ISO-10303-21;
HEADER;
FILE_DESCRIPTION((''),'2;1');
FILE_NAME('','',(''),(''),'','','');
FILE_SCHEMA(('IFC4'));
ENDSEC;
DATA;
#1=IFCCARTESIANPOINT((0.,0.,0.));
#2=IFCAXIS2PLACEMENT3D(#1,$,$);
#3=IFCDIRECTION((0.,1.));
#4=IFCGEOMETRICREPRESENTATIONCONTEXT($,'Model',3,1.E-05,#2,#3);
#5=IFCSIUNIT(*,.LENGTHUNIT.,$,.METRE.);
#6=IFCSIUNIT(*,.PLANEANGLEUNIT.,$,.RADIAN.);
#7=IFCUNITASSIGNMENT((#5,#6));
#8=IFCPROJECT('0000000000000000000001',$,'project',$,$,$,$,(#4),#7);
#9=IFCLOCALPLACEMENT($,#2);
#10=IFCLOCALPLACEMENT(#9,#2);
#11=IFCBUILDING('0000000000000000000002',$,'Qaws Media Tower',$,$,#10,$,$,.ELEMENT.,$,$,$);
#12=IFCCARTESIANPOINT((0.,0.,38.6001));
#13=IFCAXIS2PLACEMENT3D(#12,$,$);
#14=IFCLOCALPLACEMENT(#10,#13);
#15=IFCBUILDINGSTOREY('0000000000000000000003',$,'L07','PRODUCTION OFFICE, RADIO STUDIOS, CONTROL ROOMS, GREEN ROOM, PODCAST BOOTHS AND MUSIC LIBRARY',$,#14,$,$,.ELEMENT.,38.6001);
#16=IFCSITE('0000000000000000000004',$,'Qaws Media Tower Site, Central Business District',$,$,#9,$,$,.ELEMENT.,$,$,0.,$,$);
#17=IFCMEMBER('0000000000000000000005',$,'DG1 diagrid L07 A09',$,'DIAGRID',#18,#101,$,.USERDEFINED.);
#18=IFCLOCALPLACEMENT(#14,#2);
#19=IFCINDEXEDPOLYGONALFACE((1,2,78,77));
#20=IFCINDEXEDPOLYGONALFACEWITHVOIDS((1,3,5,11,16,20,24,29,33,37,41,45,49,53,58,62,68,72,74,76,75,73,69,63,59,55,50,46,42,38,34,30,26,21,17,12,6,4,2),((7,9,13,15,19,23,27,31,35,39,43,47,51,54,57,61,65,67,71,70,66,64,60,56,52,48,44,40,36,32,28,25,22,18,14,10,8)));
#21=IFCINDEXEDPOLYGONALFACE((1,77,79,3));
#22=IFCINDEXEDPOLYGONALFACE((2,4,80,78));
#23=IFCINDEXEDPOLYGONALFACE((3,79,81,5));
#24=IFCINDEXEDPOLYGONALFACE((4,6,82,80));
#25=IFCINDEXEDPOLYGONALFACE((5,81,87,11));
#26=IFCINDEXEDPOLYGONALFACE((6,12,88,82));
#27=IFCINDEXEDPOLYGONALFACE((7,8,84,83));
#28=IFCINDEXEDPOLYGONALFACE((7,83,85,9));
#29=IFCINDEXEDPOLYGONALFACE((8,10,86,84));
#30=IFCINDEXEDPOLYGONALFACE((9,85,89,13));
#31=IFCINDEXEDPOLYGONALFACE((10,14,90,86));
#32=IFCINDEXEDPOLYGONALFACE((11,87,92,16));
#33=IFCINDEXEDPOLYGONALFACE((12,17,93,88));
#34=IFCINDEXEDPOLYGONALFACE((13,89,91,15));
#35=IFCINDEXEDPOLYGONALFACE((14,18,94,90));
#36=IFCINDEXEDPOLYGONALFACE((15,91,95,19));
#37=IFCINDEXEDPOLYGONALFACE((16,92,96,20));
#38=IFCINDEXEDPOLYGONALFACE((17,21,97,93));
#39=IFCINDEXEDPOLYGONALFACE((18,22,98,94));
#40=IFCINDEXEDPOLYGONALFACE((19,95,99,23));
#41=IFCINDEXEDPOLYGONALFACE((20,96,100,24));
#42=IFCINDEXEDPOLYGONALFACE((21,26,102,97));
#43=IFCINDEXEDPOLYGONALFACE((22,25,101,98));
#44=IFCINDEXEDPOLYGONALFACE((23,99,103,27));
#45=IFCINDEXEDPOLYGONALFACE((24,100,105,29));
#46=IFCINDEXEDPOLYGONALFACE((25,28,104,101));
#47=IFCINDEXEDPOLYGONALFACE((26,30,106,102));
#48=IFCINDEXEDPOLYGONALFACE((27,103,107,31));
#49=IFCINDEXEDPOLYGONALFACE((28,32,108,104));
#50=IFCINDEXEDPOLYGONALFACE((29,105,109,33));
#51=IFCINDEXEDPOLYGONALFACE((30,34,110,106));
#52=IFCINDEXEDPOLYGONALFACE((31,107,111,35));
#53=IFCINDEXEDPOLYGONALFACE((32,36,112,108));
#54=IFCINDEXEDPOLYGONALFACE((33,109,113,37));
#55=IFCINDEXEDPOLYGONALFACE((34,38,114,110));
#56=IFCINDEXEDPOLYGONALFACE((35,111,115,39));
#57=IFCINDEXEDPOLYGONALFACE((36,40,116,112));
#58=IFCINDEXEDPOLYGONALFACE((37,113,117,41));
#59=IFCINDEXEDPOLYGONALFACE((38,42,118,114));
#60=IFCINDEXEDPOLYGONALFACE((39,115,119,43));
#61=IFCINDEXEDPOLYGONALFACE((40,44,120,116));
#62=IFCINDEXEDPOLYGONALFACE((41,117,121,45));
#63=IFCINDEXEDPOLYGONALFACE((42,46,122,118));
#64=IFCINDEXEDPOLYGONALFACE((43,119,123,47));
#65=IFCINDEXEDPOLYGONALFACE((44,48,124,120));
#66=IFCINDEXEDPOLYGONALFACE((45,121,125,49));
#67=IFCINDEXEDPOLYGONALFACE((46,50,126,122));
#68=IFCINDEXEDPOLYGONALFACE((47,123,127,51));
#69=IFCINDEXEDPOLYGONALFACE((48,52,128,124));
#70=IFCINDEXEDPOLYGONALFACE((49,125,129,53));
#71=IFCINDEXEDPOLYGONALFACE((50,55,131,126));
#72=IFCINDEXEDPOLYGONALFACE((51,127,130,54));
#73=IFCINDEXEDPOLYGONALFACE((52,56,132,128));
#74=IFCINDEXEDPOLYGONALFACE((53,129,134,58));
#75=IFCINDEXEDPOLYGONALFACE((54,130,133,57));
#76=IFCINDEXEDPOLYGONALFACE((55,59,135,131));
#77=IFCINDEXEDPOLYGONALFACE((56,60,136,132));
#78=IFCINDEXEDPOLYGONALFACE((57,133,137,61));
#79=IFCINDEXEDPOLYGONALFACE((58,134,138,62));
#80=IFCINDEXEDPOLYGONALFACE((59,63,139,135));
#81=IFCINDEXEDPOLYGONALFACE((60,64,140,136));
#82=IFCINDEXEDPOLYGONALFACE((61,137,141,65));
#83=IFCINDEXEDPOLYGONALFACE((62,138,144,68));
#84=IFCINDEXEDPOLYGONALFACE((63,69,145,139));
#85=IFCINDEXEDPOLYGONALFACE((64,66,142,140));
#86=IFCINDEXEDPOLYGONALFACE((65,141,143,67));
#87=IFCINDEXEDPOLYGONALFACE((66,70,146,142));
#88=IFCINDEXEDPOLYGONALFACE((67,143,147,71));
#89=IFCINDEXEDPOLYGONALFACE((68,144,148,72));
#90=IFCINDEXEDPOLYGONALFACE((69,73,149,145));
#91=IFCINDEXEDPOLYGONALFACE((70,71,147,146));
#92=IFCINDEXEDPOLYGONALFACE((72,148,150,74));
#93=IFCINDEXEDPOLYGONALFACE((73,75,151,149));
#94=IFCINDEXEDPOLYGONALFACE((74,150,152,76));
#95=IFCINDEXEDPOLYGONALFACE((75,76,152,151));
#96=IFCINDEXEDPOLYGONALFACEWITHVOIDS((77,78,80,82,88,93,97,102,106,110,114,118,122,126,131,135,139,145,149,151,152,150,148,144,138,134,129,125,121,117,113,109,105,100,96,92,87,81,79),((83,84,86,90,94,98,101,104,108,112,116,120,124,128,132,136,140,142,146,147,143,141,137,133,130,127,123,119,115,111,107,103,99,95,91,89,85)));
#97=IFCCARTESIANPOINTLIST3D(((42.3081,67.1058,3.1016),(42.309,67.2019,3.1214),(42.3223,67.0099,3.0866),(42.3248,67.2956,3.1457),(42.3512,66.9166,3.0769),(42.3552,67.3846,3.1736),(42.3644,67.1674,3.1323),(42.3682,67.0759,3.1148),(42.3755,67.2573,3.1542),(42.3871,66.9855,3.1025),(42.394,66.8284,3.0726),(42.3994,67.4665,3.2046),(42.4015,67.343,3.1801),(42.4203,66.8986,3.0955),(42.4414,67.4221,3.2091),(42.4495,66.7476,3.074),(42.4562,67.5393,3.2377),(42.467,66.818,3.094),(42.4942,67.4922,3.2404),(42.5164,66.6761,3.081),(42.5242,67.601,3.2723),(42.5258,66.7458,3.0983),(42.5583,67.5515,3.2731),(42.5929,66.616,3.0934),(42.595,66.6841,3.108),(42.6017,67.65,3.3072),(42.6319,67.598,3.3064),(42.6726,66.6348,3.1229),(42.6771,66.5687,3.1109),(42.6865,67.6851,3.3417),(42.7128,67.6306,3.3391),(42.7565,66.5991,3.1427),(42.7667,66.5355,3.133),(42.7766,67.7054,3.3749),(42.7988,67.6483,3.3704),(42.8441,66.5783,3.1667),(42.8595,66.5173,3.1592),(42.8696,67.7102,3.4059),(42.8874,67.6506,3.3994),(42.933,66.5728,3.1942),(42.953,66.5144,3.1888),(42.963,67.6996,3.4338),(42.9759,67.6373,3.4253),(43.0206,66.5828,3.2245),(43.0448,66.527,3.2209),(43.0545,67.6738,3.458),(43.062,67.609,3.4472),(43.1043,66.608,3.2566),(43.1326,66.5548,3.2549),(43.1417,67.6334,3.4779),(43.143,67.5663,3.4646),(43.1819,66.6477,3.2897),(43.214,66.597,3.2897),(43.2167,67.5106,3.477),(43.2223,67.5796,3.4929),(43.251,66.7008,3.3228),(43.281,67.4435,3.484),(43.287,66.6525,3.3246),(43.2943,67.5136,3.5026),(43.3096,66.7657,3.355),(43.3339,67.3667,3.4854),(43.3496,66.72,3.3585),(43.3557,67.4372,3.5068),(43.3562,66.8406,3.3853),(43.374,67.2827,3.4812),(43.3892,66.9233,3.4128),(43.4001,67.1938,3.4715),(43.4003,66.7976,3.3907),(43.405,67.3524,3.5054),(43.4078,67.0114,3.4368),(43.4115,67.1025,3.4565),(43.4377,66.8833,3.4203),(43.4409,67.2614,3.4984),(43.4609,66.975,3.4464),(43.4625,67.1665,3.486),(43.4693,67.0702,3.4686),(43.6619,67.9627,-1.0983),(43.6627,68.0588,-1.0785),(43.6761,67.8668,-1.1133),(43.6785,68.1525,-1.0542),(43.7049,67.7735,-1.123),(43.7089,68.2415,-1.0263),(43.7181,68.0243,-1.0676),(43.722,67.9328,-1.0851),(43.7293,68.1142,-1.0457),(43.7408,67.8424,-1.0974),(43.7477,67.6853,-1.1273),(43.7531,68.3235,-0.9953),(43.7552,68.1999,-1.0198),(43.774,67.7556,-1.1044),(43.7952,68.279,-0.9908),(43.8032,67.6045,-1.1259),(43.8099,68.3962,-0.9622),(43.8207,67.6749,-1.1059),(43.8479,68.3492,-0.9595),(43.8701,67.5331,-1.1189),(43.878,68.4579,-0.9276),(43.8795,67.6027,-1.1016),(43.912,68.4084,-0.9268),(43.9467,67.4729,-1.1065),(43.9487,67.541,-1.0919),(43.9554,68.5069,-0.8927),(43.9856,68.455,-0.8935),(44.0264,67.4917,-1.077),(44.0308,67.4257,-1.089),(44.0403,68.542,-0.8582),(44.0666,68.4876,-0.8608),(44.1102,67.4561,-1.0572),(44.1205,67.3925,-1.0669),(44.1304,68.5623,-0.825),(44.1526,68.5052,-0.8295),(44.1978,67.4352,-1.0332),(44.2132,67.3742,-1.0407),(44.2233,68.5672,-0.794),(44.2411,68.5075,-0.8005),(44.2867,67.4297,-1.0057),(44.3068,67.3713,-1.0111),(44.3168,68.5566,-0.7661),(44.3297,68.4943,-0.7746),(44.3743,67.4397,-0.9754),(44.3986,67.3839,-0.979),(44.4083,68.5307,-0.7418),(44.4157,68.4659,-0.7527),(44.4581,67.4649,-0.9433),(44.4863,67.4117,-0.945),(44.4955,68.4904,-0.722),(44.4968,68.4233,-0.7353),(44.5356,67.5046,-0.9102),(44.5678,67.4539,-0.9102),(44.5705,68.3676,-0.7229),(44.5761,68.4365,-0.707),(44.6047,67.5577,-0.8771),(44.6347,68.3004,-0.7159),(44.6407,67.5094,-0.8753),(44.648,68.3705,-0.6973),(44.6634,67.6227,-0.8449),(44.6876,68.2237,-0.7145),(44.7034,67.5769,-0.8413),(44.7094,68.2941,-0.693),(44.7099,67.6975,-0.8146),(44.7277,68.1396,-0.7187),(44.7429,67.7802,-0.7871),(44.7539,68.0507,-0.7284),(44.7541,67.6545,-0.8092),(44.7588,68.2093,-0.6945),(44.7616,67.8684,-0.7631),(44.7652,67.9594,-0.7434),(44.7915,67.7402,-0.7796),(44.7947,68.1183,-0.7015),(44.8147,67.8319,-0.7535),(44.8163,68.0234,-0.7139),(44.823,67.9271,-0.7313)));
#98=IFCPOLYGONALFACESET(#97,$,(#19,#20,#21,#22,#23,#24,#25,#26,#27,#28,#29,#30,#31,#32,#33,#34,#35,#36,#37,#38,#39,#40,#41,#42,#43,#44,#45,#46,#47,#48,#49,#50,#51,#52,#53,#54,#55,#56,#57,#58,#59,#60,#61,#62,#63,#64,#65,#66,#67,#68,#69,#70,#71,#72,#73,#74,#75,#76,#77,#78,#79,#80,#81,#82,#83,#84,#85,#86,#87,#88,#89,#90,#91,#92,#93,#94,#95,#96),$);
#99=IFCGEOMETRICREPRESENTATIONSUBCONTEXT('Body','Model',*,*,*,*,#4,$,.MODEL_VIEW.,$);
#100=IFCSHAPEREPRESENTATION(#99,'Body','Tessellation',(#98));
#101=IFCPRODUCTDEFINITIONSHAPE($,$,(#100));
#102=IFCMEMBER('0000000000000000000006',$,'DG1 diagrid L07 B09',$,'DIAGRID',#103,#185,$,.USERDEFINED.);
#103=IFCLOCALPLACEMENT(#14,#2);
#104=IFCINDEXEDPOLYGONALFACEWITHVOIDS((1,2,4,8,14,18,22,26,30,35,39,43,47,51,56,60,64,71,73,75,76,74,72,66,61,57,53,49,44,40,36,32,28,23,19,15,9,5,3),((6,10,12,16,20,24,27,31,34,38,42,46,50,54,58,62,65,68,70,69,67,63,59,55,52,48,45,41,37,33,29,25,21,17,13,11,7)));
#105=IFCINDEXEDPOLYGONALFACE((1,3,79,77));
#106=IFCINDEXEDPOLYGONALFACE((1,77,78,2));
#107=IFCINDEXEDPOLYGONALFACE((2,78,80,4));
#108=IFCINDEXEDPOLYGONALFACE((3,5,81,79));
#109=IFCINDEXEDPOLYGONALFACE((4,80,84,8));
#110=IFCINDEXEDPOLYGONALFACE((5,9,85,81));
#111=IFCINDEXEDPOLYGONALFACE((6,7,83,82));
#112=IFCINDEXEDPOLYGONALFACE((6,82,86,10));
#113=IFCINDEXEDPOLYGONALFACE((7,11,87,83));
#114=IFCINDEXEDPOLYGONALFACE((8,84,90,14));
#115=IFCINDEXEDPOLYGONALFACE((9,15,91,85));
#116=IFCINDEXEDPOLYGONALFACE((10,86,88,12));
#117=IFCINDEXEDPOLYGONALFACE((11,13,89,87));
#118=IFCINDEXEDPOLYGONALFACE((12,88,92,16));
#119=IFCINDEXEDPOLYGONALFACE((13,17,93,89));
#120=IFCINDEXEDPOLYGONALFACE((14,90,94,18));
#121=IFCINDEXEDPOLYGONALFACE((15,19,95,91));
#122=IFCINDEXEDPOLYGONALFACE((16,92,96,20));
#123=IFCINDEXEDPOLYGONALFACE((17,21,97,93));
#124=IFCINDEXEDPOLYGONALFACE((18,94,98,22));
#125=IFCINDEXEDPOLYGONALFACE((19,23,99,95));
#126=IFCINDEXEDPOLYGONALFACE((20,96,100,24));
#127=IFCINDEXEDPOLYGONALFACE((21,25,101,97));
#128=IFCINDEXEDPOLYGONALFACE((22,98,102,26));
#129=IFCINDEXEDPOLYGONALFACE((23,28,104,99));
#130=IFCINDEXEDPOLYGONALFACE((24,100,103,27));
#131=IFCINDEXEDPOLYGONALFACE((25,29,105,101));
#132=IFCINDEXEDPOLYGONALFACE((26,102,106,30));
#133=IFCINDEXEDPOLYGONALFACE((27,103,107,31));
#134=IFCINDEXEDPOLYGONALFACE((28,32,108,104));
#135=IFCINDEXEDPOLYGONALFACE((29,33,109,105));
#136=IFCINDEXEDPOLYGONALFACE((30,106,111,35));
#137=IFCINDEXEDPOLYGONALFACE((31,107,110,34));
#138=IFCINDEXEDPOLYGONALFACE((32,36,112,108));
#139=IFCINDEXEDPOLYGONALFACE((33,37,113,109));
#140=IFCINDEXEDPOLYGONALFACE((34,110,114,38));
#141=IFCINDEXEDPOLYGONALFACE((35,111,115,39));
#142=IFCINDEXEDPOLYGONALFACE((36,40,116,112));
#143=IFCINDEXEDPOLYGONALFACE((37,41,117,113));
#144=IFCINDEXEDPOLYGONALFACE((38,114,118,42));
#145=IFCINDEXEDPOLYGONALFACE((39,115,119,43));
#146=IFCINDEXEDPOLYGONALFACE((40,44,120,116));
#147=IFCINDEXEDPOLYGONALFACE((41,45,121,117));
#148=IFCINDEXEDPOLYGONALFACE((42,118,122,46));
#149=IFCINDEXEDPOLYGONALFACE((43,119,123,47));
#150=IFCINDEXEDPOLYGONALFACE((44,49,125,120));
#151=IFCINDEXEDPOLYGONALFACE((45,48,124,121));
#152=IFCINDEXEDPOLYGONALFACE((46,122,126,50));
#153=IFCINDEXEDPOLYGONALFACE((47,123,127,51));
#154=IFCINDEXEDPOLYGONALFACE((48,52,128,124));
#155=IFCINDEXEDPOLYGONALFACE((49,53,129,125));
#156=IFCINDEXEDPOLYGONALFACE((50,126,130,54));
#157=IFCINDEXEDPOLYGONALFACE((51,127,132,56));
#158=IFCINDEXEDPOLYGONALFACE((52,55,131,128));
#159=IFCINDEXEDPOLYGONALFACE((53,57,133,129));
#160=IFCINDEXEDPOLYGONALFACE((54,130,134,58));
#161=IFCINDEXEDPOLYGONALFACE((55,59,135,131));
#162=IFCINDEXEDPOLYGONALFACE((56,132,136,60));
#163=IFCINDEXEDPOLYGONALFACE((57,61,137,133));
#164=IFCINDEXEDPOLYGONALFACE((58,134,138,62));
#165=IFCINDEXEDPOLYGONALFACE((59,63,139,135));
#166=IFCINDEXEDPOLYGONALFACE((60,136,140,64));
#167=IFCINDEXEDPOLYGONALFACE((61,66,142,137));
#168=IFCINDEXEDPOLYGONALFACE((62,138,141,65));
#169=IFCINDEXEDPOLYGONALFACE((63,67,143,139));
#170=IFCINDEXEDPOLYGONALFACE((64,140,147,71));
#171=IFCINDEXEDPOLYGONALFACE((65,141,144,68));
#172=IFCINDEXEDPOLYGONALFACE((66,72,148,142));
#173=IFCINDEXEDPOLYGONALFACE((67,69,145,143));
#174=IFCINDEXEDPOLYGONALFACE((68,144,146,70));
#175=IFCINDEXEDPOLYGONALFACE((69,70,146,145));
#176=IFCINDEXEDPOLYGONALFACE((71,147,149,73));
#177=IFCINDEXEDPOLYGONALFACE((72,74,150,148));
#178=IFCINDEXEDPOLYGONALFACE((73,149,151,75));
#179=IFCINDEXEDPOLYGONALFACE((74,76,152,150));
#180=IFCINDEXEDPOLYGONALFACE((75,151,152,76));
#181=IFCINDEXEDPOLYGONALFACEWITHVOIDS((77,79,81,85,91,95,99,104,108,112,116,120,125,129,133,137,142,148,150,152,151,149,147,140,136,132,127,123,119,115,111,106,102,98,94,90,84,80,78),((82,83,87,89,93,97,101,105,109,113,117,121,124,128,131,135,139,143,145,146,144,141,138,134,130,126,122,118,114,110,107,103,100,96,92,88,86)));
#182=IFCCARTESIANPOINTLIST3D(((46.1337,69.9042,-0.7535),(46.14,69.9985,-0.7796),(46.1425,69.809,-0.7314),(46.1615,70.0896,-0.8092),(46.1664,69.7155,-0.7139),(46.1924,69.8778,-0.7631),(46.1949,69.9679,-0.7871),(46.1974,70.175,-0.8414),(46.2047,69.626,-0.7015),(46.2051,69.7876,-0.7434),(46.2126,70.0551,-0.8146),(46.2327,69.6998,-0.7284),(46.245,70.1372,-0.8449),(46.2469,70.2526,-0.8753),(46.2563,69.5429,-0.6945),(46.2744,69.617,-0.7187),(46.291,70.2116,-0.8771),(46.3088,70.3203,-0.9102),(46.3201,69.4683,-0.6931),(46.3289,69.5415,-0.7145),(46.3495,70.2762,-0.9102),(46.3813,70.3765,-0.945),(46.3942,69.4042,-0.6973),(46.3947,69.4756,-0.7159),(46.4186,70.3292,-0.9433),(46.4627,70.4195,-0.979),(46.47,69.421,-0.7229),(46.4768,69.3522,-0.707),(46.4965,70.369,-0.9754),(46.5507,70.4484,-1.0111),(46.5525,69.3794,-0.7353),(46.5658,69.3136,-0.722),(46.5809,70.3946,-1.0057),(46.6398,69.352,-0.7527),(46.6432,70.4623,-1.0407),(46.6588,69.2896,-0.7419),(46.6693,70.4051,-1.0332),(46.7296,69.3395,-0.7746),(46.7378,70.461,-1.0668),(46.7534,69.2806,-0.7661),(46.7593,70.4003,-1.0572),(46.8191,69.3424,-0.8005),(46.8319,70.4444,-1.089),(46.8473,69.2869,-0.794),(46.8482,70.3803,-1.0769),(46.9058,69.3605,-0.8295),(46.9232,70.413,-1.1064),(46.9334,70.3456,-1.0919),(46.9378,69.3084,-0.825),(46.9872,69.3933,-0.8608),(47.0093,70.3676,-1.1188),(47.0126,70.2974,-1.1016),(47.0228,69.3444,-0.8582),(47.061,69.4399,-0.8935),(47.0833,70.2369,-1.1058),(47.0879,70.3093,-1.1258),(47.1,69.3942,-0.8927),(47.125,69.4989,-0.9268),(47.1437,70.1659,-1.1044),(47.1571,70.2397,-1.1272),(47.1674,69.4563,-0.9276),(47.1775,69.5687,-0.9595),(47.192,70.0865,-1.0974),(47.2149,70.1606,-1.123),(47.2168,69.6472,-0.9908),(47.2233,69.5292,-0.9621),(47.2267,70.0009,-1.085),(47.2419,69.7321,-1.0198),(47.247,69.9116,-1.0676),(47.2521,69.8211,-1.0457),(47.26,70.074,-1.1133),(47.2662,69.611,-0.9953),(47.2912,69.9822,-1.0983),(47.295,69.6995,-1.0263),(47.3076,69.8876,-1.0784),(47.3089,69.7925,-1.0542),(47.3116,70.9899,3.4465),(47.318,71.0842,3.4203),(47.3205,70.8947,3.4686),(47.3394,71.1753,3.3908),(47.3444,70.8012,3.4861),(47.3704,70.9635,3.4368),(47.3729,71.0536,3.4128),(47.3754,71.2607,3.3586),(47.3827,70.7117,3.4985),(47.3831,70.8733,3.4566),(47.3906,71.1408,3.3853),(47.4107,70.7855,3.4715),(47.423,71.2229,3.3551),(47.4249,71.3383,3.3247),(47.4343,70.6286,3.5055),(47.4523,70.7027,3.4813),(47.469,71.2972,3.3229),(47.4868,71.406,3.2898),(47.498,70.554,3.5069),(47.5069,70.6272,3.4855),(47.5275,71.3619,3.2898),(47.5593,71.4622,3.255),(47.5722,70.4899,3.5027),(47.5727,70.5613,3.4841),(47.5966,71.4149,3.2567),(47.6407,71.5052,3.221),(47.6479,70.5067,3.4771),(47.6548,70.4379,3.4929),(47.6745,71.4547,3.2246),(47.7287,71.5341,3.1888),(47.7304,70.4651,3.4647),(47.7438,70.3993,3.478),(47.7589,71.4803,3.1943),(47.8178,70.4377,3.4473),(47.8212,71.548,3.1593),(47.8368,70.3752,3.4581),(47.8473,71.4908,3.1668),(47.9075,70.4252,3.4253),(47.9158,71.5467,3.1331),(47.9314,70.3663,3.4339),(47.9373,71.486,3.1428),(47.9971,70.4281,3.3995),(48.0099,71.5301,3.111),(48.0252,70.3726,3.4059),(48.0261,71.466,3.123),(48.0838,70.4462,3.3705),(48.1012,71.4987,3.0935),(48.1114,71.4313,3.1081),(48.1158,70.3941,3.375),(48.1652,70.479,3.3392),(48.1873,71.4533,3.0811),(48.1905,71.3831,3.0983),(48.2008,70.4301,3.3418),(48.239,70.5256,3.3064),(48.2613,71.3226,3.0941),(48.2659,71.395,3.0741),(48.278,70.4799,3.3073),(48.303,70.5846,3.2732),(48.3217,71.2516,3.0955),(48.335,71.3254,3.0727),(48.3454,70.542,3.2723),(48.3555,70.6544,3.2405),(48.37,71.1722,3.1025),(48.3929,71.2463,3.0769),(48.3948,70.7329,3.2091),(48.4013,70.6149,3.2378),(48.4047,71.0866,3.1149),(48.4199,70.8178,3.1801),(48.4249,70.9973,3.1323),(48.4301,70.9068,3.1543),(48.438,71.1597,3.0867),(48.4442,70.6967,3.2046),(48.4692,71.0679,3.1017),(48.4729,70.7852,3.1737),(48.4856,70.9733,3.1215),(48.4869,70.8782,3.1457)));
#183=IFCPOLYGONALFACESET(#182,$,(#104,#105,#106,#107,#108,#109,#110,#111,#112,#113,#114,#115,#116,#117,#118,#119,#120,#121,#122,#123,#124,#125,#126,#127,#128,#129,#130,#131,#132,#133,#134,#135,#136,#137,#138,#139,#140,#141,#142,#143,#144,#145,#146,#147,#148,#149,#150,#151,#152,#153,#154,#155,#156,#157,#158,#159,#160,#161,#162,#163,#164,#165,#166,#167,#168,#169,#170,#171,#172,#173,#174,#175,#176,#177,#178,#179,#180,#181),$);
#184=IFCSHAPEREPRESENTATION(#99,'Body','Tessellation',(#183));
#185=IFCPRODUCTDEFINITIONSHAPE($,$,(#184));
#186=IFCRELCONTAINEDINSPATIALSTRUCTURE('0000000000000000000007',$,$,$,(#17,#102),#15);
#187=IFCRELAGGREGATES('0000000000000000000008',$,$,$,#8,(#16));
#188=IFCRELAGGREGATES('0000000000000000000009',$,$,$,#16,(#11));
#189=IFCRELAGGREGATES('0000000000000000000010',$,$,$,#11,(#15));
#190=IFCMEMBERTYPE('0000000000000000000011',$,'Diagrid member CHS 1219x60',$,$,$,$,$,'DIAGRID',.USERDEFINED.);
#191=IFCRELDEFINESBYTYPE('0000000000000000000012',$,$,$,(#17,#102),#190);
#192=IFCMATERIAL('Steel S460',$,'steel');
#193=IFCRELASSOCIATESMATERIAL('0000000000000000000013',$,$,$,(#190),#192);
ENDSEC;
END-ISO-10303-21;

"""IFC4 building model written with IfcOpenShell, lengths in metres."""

from ifc_helpers import new_model, si_unit, direction, frame, origin, origin_2d, place, context, subcontext, project, spatial, hollow_circle, extrude, material, material_profile, profile_set, type_object, element, save


model = new_model("IFC4")

# Units and contexts
model_context = context("Model", 3, precision=1e-05, world=origin(), true_north=direction((0.0, 1.0)))
body_context = subcontext(model_context, "Body", "Model", "MODEL_VIEW")
ifc_project = project(units=[si_unit("LENGTHUNIT", "METRE"), si_unit("PLANEANGLEUNIT", "RADIAN")], contexts=[model_context])

# Site, building, storey
site_placement = place(None, origin())
site = spatial("IfcSite", under=ifc_project, at=site_placement, Name="Qaws Media Tower Site, Central Business District", CompositionType="ELEMENT", RefElevation=0.0)
building_placement = place(site_placement, origin())
building = spatial("IfcBuilding", under=site, at=building_placement, Name="Qaws Media Tower", CompositionType="ELEMENT")
storey_placement = place(building_placement, frame((0.0, 0.0, 38.6001)))
storey = spatial("IfcBuildingStorey", under=building, at=storey_placement, Name="L07", Description="PRODUCTION OFFICE, RADIO STUDIOS, CONTROL ROOMS, GREEN ROOM, PODCAST BOOTHS AND MUSIC LIBRARY", CompositionType="ELEMENT", Elevation=38.6001)

# Members
ifc_material_1 = material(Name="Steel S460", Category="steel")
ifc_material_profile_1 = material_profile(ifc_material_1, hollow_circle(Radius=0.6096, WallThickness=0.0601, at=origin_2d()), Name="CHS 1219x60")
ifc_profile_set_1 = profile_set([ifc_material_profile_1], Name="Steel S460")
member_type_1 = type_object("IfcMemberType", Name="Diagrid member CHS 1219x60", ElementType="DIAGRID", PredefinedType="USERDEFINED", material=ifc_profile_set_1)
for number, where, z_axis, x_axis, name in (
    (1, (44.2417, 67.969, -0.9102), (-0.301158, -0.190634, 0.934324), (0.534853, -0.844945, 0.0), "DG1 diagrid L07 A09"),
    (2, (46.7219, 69.8721, -0.9102), (0.262058, 0.241528, 0.934339), (-0.677717, 0.735323, 0.0), "DG1 diagrid L07 B09"),
):
    element("IfcMember", number, at=place(storey_placement, frame(where, z_axis=z_axis, x_axis=x_axis)), inside=storey, type_object=member_type_1, Name=name, ObjectType="DIAGRID", PredefinedType="USERDEFINED", context=body_context, shape_type="SweptSolid", body=[
        extrude(hollow_circle(Radius=0.6096, WallThickness=0.0601, at=origin_2d()), origin(), (0.0, 0.0, 1.0), 4.4951),
    ])

save(model, "model.ifc")
